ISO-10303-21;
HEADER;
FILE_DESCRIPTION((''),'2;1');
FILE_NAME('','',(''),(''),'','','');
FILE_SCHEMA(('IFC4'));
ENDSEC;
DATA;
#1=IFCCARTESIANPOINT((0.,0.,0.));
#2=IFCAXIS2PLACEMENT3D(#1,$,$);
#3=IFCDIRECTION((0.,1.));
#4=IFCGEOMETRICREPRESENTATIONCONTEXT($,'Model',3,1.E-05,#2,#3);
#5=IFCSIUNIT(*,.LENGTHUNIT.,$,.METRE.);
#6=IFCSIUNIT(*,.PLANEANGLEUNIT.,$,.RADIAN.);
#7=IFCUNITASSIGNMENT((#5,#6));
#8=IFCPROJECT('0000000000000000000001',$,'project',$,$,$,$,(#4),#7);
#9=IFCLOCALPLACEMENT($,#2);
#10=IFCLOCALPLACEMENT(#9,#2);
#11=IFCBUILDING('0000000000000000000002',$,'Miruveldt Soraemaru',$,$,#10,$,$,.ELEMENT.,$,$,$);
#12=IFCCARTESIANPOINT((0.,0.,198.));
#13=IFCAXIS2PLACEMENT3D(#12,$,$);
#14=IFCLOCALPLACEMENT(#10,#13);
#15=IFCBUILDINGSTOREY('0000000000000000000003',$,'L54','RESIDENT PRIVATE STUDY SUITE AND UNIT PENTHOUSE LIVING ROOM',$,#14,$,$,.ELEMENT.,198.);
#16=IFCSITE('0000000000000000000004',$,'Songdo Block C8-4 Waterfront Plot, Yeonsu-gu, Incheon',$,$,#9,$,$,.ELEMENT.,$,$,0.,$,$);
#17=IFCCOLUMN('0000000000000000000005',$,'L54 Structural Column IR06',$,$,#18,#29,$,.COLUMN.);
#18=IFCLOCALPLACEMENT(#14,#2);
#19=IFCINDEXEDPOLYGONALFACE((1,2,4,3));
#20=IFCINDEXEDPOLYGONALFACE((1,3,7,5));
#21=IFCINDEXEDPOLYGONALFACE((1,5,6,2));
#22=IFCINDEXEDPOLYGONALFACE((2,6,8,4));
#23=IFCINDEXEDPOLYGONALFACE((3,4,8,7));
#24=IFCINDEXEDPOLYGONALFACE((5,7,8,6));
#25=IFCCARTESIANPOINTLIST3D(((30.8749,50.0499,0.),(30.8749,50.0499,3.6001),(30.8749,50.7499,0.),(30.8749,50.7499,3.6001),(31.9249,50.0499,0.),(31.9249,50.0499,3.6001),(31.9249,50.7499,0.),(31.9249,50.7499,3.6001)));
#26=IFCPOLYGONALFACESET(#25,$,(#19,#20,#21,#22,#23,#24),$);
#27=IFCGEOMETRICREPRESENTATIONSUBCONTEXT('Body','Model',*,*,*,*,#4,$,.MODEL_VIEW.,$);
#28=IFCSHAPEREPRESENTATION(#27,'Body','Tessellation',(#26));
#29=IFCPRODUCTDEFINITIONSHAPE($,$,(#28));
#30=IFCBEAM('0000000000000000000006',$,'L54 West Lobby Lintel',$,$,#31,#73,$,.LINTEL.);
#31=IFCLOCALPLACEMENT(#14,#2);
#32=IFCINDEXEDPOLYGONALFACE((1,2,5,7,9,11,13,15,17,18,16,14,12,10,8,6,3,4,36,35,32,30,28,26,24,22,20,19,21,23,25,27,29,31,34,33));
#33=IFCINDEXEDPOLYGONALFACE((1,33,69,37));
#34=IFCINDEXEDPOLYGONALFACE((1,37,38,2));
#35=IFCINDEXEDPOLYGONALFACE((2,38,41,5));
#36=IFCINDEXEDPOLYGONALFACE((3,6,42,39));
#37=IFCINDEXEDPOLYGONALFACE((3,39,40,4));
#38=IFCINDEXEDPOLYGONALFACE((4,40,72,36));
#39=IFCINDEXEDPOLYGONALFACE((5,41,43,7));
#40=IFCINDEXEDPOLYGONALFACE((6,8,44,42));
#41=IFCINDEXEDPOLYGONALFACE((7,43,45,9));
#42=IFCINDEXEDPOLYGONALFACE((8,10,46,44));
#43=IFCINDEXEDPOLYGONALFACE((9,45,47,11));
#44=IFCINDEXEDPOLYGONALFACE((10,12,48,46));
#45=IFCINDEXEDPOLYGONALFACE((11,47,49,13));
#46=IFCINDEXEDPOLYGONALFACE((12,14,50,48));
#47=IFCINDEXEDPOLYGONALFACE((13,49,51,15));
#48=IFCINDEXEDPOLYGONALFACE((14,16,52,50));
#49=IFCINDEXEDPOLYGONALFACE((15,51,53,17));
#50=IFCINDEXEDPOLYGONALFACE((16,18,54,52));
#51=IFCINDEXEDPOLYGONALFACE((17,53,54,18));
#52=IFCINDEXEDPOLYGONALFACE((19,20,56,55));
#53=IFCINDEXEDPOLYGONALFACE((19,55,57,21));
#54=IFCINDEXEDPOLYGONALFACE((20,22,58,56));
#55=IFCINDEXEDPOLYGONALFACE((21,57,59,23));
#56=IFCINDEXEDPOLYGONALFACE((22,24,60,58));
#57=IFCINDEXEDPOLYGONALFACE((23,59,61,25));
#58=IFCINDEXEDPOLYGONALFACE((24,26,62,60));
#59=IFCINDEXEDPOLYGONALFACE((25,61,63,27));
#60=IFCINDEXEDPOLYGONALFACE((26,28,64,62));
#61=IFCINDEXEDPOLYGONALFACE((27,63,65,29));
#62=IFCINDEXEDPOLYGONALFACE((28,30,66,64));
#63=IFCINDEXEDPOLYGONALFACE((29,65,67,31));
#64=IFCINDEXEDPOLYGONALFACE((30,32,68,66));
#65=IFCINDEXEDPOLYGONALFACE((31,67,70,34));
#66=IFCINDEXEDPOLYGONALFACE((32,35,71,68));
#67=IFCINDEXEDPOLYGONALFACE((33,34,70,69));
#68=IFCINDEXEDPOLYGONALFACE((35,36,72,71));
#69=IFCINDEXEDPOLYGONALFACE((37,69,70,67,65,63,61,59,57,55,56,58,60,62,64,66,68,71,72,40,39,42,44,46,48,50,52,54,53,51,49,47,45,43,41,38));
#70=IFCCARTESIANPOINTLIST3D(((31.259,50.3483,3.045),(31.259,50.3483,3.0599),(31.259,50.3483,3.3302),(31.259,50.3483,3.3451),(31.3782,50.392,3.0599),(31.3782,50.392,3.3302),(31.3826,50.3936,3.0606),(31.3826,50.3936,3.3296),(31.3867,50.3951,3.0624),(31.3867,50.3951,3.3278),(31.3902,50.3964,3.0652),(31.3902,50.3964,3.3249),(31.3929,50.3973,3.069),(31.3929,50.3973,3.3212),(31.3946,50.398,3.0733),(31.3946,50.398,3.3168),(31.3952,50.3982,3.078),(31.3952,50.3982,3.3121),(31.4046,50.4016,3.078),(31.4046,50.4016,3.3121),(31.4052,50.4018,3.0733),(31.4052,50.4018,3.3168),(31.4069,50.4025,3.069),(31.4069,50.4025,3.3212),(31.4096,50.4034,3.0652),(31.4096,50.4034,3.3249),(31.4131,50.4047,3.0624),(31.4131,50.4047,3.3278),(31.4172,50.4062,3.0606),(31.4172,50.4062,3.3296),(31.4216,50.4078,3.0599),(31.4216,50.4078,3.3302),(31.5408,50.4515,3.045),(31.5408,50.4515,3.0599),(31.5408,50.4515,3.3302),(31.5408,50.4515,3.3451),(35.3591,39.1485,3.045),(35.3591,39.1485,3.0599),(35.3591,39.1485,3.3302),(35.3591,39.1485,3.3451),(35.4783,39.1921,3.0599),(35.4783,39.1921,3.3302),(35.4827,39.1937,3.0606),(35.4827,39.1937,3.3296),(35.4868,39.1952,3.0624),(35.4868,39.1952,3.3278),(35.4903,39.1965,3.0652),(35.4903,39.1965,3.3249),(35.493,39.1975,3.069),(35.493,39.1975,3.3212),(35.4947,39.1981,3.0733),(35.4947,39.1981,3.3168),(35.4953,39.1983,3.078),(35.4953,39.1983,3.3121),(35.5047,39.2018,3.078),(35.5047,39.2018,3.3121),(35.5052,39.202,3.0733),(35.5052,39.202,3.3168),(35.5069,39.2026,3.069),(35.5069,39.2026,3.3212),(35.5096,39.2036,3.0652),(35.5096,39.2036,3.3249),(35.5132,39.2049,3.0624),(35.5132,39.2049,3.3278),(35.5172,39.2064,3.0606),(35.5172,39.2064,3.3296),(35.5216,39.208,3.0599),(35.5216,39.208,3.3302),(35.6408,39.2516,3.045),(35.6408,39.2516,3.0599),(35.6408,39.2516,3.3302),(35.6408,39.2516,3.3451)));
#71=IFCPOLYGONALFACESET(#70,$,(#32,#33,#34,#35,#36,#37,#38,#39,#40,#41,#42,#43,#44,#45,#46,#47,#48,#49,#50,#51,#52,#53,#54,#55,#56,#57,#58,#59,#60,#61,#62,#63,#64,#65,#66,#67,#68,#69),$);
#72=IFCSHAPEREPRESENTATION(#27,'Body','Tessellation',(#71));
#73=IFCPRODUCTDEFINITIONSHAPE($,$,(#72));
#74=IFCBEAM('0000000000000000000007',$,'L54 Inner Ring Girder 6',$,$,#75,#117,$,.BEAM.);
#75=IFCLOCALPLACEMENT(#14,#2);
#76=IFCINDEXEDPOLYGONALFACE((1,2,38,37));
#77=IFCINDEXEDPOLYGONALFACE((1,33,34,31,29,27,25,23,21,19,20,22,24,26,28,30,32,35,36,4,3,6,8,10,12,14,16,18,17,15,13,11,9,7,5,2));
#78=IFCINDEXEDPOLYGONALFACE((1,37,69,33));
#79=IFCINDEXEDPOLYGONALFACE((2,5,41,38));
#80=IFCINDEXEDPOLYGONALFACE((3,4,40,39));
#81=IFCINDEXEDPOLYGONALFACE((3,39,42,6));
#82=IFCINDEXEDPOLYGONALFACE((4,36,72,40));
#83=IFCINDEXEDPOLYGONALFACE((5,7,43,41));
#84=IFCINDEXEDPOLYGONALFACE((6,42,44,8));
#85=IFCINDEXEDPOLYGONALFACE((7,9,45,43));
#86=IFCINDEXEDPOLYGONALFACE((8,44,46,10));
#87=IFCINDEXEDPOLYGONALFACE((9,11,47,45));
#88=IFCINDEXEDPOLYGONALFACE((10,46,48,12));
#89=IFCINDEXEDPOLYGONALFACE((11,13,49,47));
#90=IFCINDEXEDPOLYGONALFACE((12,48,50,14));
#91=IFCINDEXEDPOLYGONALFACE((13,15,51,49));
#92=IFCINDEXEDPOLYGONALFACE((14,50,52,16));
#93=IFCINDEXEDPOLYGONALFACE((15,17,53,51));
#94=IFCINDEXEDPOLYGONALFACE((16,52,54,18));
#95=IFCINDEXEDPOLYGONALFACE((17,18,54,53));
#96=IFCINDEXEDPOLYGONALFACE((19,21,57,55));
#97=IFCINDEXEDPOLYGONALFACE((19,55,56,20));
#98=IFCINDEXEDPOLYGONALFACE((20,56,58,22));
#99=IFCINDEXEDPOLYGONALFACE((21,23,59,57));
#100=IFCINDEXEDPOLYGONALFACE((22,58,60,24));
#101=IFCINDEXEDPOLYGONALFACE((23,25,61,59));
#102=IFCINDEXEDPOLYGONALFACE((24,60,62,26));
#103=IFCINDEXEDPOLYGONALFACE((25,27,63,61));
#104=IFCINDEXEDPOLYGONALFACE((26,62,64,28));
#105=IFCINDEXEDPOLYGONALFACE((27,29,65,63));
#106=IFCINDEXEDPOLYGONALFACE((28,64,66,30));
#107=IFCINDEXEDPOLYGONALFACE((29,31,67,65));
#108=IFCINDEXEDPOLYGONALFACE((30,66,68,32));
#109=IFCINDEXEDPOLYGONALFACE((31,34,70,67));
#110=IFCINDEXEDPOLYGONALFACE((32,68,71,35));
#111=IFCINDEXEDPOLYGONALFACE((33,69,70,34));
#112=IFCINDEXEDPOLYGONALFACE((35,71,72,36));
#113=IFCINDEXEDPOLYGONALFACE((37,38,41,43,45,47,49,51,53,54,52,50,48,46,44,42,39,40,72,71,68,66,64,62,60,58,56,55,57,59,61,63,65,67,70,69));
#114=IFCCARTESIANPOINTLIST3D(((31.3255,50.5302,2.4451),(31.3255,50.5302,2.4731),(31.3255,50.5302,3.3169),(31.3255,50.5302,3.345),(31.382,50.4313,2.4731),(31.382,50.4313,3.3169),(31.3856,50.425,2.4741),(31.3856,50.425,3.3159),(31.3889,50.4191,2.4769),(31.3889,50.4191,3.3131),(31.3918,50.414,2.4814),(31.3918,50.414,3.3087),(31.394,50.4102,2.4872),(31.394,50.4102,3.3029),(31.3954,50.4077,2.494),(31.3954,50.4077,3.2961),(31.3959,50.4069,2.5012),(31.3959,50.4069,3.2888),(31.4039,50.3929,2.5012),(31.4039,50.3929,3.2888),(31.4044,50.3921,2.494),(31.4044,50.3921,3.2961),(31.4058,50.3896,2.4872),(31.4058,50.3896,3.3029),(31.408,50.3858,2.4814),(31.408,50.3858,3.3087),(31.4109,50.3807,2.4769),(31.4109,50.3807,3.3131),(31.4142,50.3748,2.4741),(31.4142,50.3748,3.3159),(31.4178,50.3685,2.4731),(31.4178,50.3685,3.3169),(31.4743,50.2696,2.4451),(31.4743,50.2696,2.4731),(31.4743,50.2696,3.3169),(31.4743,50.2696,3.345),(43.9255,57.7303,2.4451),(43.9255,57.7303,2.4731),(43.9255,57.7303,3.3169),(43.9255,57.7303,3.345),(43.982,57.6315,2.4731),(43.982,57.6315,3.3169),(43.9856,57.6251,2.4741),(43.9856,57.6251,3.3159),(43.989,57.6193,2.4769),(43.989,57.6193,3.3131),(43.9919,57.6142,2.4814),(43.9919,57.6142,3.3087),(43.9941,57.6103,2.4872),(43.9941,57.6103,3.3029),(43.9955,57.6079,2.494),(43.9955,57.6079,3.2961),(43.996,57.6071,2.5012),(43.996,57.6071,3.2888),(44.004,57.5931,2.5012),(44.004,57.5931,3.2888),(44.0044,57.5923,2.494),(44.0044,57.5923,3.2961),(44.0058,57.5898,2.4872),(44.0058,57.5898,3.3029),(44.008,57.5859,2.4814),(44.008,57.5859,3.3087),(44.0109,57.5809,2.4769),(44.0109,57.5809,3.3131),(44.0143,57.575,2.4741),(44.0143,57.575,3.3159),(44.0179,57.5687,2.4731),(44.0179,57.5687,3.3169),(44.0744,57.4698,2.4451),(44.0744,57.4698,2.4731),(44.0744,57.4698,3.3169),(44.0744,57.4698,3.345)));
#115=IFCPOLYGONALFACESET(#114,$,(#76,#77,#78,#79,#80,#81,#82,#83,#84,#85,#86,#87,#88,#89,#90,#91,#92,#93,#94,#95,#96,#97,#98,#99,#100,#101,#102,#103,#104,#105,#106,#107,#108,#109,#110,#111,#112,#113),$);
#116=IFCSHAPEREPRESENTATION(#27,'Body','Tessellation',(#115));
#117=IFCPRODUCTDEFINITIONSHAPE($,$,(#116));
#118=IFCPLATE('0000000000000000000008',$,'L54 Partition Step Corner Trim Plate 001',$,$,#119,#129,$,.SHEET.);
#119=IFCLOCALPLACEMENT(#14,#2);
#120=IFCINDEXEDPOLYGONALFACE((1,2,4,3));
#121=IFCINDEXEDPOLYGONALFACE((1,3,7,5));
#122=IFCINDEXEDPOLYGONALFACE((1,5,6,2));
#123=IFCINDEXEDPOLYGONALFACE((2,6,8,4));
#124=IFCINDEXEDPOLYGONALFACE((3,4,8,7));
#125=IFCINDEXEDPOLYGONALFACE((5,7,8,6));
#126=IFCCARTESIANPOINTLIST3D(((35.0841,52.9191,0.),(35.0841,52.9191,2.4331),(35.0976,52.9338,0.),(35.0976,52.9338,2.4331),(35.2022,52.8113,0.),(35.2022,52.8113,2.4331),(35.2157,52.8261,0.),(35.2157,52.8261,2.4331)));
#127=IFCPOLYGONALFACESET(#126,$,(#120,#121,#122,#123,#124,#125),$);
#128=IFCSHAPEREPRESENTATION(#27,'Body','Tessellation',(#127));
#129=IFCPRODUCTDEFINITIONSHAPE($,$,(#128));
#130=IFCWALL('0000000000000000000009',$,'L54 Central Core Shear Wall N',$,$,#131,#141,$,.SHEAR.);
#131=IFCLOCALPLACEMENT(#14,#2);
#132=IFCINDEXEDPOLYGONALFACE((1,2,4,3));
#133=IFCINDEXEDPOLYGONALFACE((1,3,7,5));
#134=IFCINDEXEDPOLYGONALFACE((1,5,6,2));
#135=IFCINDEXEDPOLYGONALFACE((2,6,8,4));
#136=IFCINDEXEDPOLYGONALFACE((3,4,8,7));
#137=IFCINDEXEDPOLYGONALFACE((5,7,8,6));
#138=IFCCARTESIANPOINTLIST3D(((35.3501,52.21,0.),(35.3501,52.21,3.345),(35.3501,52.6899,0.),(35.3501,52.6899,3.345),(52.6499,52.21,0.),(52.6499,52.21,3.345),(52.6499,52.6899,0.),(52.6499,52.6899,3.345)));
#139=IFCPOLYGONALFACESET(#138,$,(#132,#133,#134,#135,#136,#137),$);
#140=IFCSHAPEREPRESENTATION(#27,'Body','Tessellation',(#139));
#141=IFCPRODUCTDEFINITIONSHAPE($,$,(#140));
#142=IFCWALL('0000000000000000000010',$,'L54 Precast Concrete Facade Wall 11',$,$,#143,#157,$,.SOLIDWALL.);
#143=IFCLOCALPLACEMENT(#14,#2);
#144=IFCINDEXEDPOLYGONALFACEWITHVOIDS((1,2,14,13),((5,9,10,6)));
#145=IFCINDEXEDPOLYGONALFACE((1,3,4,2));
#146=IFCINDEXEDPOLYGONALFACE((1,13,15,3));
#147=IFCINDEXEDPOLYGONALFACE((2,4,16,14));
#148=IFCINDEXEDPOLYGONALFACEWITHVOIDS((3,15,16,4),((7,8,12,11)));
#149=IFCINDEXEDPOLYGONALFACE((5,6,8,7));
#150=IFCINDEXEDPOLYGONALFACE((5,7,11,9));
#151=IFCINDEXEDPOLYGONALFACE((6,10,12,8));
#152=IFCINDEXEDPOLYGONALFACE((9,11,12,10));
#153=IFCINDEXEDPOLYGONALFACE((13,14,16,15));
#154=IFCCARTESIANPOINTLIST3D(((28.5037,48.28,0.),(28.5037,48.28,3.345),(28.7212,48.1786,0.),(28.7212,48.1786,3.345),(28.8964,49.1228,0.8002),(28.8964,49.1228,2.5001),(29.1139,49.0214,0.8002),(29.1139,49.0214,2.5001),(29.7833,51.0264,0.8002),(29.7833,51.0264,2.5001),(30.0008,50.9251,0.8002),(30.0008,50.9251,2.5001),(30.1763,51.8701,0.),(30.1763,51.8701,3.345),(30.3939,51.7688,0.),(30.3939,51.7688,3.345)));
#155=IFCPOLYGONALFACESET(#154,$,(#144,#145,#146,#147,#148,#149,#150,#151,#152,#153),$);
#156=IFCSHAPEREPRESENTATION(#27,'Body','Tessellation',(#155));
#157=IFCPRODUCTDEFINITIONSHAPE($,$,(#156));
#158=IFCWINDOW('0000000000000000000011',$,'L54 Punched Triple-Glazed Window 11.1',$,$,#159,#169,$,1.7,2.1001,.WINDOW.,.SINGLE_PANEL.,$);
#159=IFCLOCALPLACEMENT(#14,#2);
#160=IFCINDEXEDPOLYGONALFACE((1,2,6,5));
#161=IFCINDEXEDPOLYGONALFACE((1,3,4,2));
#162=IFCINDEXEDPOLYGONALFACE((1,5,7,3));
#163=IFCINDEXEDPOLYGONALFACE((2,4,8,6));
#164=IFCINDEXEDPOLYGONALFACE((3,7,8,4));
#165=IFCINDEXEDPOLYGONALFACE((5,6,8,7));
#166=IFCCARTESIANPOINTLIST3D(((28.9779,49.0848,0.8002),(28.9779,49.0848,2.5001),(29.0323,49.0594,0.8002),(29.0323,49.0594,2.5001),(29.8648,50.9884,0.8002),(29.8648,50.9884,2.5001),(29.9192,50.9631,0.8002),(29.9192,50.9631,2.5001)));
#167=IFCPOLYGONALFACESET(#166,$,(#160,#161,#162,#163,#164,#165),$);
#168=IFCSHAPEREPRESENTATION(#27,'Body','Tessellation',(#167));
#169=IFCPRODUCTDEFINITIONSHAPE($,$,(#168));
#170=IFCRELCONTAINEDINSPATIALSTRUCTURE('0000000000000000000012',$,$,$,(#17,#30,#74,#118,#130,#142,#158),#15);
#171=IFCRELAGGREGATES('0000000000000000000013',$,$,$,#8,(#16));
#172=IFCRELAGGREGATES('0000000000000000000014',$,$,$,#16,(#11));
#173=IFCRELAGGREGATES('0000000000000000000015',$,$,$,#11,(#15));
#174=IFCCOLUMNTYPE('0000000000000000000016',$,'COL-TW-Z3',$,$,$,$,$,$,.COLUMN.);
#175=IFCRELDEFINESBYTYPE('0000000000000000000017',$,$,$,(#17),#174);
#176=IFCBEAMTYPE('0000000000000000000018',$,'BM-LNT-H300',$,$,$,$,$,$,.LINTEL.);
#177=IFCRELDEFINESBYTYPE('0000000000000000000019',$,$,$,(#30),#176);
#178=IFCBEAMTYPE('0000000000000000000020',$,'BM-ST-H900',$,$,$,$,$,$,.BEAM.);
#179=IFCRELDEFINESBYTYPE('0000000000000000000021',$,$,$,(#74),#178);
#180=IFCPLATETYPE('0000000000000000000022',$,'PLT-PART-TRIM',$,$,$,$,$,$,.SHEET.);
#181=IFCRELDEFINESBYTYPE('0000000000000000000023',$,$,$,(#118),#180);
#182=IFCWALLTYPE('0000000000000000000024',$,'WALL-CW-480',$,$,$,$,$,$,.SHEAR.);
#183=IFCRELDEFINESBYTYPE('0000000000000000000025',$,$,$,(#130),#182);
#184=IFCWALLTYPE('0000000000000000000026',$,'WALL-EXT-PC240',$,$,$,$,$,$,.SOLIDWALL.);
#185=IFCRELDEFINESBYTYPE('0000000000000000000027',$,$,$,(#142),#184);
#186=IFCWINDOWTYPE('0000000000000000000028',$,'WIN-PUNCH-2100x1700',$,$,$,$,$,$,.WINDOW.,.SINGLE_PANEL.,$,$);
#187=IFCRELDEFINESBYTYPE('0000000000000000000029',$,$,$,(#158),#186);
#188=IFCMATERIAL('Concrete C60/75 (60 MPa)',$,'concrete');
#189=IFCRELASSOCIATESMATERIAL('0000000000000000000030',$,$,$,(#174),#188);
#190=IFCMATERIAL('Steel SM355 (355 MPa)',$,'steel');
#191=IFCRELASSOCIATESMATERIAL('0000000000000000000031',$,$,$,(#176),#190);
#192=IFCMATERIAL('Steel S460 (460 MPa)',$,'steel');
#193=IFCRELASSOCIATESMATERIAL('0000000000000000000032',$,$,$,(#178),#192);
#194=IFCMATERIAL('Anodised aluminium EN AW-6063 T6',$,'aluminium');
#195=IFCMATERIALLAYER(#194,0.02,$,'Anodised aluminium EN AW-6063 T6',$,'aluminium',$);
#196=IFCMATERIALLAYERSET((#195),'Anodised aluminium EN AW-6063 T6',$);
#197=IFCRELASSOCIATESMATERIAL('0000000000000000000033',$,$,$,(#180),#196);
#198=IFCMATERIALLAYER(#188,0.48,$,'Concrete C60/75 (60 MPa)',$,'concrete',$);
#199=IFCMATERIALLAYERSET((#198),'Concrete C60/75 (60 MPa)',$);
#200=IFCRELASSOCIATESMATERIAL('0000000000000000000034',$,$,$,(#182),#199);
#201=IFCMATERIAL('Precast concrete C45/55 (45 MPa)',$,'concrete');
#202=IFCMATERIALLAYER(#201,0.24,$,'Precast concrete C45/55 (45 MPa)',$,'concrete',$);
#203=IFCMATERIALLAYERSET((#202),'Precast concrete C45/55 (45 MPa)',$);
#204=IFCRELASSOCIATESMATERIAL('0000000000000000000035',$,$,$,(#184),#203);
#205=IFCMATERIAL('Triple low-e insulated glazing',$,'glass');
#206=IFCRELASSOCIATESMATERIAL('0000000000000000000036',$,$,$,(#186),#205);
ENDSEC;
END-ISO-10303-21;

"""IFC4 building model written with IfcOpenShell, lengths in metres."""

from ifc_helpers import new_model, si_unit, direction, frame, frame_2d, origin, origin_2d, place, context, subcontext, project, spatial, rectangle, i_section, extrude, material, layer, layer_set, material_profile, profile_set, type_object, element, fill, save


model = new_model("IFC4")

# Units and contexts
model_context = context("Model", 3, precision=1e-05, world=origin(), true_north=direction((0.0, 1.0)))
body_context = subcontext(model_context, "Body", "Model", "MODEL_VIEW")
ifc_project = project(units=[si_unit("LENGTHUNIT", "METRE"), si_unit("PLANEANGLEUNIT", "RADIAN")], contexts=[model_context])

# Site, building, storey
site_placement = place(None, origin())
site = spatial("IfcSite", under=ifc_project, at=site_placement, Name="Songdo Block C8-4 Waterfront Plot, Yeonsu-gu, Incheon", CompositionType="ELEMENT", RefElevation=0.0)
building_placement = place(site_placement, origin())
building = spatial("IfcBuilding", under=site, at=building_placement, Name="Miruveldt Soraemaru", CompositionType="ELEMENT")
storey_placement = place(building_placement, frame((0.0, 0.0, 198.0)))
storey = spatial("IfcBuildingStorey", under=building, at=storey_placement, Name="L54", Description="RESIDENT PRIVATE STUDY SUITE AND UNIT PENTHOUSE LIVING ROOM", CompositionType="ELEMENT", Elevation=198.0)

# Column
ifc_material_1 = material(Name="Concrete C60/75 (60 MPa)", Category="concrete")
ifc_material_profile_1 = material_profile(ifc_material_1, rectangle(XDim=1.05, YDim=0.7, at=origin_2d()), Name="Concrete C60/75 (60 MPa)", Category="concrete")
ifc_profile_set_1 = profile_set([ifc_material_profile_1], Name="Concrete C60/75 (60 MPa)")
column_type = type_object("IfcColumnType", Name="COL-TW-Z3", PredefinedType="COLUMN", material=ifc_profile_set_1)
column_placement = place(storey_placement, frame((31.3999, 50.3999, 0.0), z_axis=(0.0, 0.0, 1.0), x_axis=(1.0, 0.0, 0.0)))
element("IfcColumn", 1, at=column_placement, inside=storey, type_object=column_type, Name="L54 Structural Column IR06", PredefinedType="COLUMN", context=body_context, shape_type="SweptSolid", body=[
    extrude(rectangle(XDim=1.05, YDim=0.7, at=origin_2d()), origin(), (0.0, 0.0, 1.0), 3.6001),
])

# Beams
ifc_material_2 = material(Name="Steel SM355 (355 MPa)", Category="steel")
ifc_material_profile_2 = material_profile(ifc_material_2, i_section(OverallWidth=0.3, OverallDepth=0.3, WebThickness=0.01, FlangeThickness=0.0149, FilletRadius=0.0181, at=origin_2d()), Name="Steel SM355 (355 MPa)", Category="steel")
ifc_profile_set_2 = profile_set([ifc_material_profile_2], Name="Steel SM355 (355 MPa)")
beam_type_1 = type_object("IfcBeamType", Name="BM-LNT-H300", PredefinedType="LINTEL", material=ifc_profile_set_2)
beam_1_placement = place(storey_placement, frame((31.3999, 50.3999, 3.1951), z_axis=(0.34377, -0.939054, 0.0), x_axis=(0.939054, 0.34377, 0.0)))
element("IfcBeam", 2, at=beam_1_placement, inside=storey, type_object=beam_type_1, Name="L54 West Lobby Lintel", PredefinedType="LINTEL", context=body_context, shape_type="SweptSolid", body=[
    extrude(i_section(OverallWidth=0.3, OverallDepth=0.3, WebThickness=0.01, FlangeThickness=0.0149, FilletRadius=0.0181, at=origin_2d()), origin(), (0.0, 0.0, 1.0), 11.9268),
])
ifc_material_3 = material(Name="Steel S460 (460 MPa)", Category="steel")
ifc_material_profile_3 = material_profile(ifc_material_3, i_section(OverallWidth=0.3, OverallDepth=0.8999, WebThickness=0.0161, FlangeThickness=0.0281, FilletRadius=0.0281, at=origin_2d()), Name="Steel S460 (460 MPa)", Category="steel")
ifc_profile_set_3 = profile_set([ifc_material_profile_3], Name="Steel S460 (460 MPa)")
beam_type_2 = type_object("IfcBeamType", Name="BM-ST-H900", PredefinedType="BEAM", material=ifc_profile_set_3)
beam_2_placement = place(storey_placement, frame((31.3999, 50.3999, 2.895), z_axis=(0.868239, 0.496146, 0.0), x_axis=(-0.496146, 0.868239, 0.0)))
element("IfcBeam", 3, at=beam_2_placement, inside=storey, type_object=beam_type_2, Name="L54 Inner Ring Girder 6", PredefinedType="BEAM", context=body_context, shape_type="SweptSolid", body=[
    extrude(i_section(OverallWidth=0.3, OverallDepth=0.8999, WebThickness=0.0161, FlangeThickness=0.0281, FilletRadius=0.0281, at=origin_2d()), origin(), (0.0, 0.0, 1.0), 14.5122),
])

# Plate
ifc_material_4 = material(Name="Anodised aluminium EN AW-6063 T6", Category="aluminium")
ifc_layer_1 = layer(ifc_material_4, 0.02, Name="Anodised aluminium EN AW-6063 T6", Category="aluminium")
ifc_layer_set_1 = layer_set([ifc_layer_1], Name="Anodised aluminium EN AW-6063 T6")
plate_type = type_object("IfcPlateType", Name="PLT-PART-TRIM", PredefinedType="SHEET", material=ifc_layer_set_1)
plate_placement = place(storey_placement, frame((35.1499, 52.8726, 0.0), z_axis=(0.0, 0.0, 1.0), x_axis=(0.738691, -0.674045, 0.0)))
element("IfcPlate", 4, at=plate_placement, inside=storey, type_object=plate_type, Name="L54 Partition Step Corner Trim Plate 001", PredefinedType="SHEET", context=body_context, shape_type="SweptSolid", body=[
    extrude(rectangle(XDim=0.1599, YDim=0.02, at=origin_2d()), origin(), (0.0, 0.0, 1.0), 2.4331),
])

# Wall
ifc_layer_2 = layer(ifc_material_1, 0.48, Name="Concrete C60/75 (60 MPa)", Category="concrete")
ifc_layer_set_2 = layer_set([ifc_layer_2], Name="Concrete C60/75 (60 MPa)")
wall_type_1 = type_object("IfcWallType", Name="WALL-CW-480", PredefinedType="SHEAR", material=ifc_layer_set_2)
wall_1_placement = place(storey_placement, frame((35.3501, 52.45, 0.0), z_axis=(0.0, 0.0, 1.0), x_axis=(1.0, 0.0, 0.0)))
element("IfcWall", 5, at=wall_1_placement, inside=storey, type_object=wall_type_1, Name="L54 Central Core Shear Wall N", PredefinedType="SHEAR", context=body_context, shape_type="SweptSolid", body=[
    extrude(rectangle(XDim=17.2998, YDim=0.48, at=frame_2d((8.6499, 0.0))), origin(), (0.0, 0.0, 1.0), 3.345),
])

# Wall, opening, window
ifc_material_5 = material(Name="Precast concrete C45/55 (45 MPa)", Category="concrete")
ifc_layer_3 = layer(ifc_material_5, 0.24, Name="Precast concrete C45/55 (45 MPa)", Category="concrete")
ifc_layer_set_3 = layer_set([ifc_layer_3], Name="Precast concrete C45/55 (45 MPa)")
wall_type_2 = type_object("IfcWallType", Name="WALL-EXT-PC240", PredefinedType="SOLIDWALL", material=ifc_layer_set_3)
wall_2_placement = place(storey_placement, frame((30.2852, 51.8196, 0.0), z_axis=(0.0, 0.0, 1.0), x_axis=(-0.422312, -0.906451, 0.0)))
wall_2 = element("IfcWall", 6, at=wall_2_placement, inside=storey, type_object=wall_type_2, Name="L54 Precast Concrete Facade Wall 11", PredefinedType="SOLIDWALL", context=body_context, shape_type="SweptSolid", body=[
    extrude(rectangle(XDim=3.9607, YDim=0.24, at=frame_2d((1.9805, 0.0))), origin(), (0.0, 0.0, 1.0), 3.345),
])
opening_1_placement = place(wall_2_placement, frame((0.9309, 0.0, 0.8)))
opening_1 = element("IfcOpeningElement", 7, at=opening_1_placement, cuts=wall_2, PredefinedType="OPENING", context=body_context, shape_type="SweptSolid", body=[
    extrude(rectangle(XDim=2.1001, YDim=1.7, at=frame_2d((1.05, 0.8501))), frame((0.0, 0.1299, 0.0), z_axis=(0.0, -1.0, 0.0), x_axis=(1.0, 0.0, 0.0)), (0.0, 0.0, 1.0), 0.26),
])
ifc_material_6 = material(Name="Triple low-e insulated glazing", Category="glass")
window_type = type_object("IfcWindowType", Name="WIN-PUNCH-2100x1700", PartitioningType="SINGLE_PANEL", PredefinedType="WINDOW", material=ifc_material_6)
window_placement = place(opening_1_placement, origin())
window = element("IfcWindow", 8, at=window_placement, inside=storey, type_object=window_type, Name="L54 Punched Triple-Glazed Window 11.1", OverallHeight=1.7, OverallWidth=2.1001, PartitioningType="SINGLE_PANEL", PredefinedType="WINDOW", context=body_context, shape_type="SweptSolid", body=[
    extrude(rectangle(XDim=2.1001, YDim=1.7, at=frame_2d((1.05, 0.8501))), frame((0.0, 0.03, 0.0), z_axis=(0.0, -1.0, 0.0), x_axis=(1.0, 0.0, 0.0)), (0.0, 0.0, 1.0), 0.0601),
])
fill(opening_1, window)

save(model, "model.ifc")
